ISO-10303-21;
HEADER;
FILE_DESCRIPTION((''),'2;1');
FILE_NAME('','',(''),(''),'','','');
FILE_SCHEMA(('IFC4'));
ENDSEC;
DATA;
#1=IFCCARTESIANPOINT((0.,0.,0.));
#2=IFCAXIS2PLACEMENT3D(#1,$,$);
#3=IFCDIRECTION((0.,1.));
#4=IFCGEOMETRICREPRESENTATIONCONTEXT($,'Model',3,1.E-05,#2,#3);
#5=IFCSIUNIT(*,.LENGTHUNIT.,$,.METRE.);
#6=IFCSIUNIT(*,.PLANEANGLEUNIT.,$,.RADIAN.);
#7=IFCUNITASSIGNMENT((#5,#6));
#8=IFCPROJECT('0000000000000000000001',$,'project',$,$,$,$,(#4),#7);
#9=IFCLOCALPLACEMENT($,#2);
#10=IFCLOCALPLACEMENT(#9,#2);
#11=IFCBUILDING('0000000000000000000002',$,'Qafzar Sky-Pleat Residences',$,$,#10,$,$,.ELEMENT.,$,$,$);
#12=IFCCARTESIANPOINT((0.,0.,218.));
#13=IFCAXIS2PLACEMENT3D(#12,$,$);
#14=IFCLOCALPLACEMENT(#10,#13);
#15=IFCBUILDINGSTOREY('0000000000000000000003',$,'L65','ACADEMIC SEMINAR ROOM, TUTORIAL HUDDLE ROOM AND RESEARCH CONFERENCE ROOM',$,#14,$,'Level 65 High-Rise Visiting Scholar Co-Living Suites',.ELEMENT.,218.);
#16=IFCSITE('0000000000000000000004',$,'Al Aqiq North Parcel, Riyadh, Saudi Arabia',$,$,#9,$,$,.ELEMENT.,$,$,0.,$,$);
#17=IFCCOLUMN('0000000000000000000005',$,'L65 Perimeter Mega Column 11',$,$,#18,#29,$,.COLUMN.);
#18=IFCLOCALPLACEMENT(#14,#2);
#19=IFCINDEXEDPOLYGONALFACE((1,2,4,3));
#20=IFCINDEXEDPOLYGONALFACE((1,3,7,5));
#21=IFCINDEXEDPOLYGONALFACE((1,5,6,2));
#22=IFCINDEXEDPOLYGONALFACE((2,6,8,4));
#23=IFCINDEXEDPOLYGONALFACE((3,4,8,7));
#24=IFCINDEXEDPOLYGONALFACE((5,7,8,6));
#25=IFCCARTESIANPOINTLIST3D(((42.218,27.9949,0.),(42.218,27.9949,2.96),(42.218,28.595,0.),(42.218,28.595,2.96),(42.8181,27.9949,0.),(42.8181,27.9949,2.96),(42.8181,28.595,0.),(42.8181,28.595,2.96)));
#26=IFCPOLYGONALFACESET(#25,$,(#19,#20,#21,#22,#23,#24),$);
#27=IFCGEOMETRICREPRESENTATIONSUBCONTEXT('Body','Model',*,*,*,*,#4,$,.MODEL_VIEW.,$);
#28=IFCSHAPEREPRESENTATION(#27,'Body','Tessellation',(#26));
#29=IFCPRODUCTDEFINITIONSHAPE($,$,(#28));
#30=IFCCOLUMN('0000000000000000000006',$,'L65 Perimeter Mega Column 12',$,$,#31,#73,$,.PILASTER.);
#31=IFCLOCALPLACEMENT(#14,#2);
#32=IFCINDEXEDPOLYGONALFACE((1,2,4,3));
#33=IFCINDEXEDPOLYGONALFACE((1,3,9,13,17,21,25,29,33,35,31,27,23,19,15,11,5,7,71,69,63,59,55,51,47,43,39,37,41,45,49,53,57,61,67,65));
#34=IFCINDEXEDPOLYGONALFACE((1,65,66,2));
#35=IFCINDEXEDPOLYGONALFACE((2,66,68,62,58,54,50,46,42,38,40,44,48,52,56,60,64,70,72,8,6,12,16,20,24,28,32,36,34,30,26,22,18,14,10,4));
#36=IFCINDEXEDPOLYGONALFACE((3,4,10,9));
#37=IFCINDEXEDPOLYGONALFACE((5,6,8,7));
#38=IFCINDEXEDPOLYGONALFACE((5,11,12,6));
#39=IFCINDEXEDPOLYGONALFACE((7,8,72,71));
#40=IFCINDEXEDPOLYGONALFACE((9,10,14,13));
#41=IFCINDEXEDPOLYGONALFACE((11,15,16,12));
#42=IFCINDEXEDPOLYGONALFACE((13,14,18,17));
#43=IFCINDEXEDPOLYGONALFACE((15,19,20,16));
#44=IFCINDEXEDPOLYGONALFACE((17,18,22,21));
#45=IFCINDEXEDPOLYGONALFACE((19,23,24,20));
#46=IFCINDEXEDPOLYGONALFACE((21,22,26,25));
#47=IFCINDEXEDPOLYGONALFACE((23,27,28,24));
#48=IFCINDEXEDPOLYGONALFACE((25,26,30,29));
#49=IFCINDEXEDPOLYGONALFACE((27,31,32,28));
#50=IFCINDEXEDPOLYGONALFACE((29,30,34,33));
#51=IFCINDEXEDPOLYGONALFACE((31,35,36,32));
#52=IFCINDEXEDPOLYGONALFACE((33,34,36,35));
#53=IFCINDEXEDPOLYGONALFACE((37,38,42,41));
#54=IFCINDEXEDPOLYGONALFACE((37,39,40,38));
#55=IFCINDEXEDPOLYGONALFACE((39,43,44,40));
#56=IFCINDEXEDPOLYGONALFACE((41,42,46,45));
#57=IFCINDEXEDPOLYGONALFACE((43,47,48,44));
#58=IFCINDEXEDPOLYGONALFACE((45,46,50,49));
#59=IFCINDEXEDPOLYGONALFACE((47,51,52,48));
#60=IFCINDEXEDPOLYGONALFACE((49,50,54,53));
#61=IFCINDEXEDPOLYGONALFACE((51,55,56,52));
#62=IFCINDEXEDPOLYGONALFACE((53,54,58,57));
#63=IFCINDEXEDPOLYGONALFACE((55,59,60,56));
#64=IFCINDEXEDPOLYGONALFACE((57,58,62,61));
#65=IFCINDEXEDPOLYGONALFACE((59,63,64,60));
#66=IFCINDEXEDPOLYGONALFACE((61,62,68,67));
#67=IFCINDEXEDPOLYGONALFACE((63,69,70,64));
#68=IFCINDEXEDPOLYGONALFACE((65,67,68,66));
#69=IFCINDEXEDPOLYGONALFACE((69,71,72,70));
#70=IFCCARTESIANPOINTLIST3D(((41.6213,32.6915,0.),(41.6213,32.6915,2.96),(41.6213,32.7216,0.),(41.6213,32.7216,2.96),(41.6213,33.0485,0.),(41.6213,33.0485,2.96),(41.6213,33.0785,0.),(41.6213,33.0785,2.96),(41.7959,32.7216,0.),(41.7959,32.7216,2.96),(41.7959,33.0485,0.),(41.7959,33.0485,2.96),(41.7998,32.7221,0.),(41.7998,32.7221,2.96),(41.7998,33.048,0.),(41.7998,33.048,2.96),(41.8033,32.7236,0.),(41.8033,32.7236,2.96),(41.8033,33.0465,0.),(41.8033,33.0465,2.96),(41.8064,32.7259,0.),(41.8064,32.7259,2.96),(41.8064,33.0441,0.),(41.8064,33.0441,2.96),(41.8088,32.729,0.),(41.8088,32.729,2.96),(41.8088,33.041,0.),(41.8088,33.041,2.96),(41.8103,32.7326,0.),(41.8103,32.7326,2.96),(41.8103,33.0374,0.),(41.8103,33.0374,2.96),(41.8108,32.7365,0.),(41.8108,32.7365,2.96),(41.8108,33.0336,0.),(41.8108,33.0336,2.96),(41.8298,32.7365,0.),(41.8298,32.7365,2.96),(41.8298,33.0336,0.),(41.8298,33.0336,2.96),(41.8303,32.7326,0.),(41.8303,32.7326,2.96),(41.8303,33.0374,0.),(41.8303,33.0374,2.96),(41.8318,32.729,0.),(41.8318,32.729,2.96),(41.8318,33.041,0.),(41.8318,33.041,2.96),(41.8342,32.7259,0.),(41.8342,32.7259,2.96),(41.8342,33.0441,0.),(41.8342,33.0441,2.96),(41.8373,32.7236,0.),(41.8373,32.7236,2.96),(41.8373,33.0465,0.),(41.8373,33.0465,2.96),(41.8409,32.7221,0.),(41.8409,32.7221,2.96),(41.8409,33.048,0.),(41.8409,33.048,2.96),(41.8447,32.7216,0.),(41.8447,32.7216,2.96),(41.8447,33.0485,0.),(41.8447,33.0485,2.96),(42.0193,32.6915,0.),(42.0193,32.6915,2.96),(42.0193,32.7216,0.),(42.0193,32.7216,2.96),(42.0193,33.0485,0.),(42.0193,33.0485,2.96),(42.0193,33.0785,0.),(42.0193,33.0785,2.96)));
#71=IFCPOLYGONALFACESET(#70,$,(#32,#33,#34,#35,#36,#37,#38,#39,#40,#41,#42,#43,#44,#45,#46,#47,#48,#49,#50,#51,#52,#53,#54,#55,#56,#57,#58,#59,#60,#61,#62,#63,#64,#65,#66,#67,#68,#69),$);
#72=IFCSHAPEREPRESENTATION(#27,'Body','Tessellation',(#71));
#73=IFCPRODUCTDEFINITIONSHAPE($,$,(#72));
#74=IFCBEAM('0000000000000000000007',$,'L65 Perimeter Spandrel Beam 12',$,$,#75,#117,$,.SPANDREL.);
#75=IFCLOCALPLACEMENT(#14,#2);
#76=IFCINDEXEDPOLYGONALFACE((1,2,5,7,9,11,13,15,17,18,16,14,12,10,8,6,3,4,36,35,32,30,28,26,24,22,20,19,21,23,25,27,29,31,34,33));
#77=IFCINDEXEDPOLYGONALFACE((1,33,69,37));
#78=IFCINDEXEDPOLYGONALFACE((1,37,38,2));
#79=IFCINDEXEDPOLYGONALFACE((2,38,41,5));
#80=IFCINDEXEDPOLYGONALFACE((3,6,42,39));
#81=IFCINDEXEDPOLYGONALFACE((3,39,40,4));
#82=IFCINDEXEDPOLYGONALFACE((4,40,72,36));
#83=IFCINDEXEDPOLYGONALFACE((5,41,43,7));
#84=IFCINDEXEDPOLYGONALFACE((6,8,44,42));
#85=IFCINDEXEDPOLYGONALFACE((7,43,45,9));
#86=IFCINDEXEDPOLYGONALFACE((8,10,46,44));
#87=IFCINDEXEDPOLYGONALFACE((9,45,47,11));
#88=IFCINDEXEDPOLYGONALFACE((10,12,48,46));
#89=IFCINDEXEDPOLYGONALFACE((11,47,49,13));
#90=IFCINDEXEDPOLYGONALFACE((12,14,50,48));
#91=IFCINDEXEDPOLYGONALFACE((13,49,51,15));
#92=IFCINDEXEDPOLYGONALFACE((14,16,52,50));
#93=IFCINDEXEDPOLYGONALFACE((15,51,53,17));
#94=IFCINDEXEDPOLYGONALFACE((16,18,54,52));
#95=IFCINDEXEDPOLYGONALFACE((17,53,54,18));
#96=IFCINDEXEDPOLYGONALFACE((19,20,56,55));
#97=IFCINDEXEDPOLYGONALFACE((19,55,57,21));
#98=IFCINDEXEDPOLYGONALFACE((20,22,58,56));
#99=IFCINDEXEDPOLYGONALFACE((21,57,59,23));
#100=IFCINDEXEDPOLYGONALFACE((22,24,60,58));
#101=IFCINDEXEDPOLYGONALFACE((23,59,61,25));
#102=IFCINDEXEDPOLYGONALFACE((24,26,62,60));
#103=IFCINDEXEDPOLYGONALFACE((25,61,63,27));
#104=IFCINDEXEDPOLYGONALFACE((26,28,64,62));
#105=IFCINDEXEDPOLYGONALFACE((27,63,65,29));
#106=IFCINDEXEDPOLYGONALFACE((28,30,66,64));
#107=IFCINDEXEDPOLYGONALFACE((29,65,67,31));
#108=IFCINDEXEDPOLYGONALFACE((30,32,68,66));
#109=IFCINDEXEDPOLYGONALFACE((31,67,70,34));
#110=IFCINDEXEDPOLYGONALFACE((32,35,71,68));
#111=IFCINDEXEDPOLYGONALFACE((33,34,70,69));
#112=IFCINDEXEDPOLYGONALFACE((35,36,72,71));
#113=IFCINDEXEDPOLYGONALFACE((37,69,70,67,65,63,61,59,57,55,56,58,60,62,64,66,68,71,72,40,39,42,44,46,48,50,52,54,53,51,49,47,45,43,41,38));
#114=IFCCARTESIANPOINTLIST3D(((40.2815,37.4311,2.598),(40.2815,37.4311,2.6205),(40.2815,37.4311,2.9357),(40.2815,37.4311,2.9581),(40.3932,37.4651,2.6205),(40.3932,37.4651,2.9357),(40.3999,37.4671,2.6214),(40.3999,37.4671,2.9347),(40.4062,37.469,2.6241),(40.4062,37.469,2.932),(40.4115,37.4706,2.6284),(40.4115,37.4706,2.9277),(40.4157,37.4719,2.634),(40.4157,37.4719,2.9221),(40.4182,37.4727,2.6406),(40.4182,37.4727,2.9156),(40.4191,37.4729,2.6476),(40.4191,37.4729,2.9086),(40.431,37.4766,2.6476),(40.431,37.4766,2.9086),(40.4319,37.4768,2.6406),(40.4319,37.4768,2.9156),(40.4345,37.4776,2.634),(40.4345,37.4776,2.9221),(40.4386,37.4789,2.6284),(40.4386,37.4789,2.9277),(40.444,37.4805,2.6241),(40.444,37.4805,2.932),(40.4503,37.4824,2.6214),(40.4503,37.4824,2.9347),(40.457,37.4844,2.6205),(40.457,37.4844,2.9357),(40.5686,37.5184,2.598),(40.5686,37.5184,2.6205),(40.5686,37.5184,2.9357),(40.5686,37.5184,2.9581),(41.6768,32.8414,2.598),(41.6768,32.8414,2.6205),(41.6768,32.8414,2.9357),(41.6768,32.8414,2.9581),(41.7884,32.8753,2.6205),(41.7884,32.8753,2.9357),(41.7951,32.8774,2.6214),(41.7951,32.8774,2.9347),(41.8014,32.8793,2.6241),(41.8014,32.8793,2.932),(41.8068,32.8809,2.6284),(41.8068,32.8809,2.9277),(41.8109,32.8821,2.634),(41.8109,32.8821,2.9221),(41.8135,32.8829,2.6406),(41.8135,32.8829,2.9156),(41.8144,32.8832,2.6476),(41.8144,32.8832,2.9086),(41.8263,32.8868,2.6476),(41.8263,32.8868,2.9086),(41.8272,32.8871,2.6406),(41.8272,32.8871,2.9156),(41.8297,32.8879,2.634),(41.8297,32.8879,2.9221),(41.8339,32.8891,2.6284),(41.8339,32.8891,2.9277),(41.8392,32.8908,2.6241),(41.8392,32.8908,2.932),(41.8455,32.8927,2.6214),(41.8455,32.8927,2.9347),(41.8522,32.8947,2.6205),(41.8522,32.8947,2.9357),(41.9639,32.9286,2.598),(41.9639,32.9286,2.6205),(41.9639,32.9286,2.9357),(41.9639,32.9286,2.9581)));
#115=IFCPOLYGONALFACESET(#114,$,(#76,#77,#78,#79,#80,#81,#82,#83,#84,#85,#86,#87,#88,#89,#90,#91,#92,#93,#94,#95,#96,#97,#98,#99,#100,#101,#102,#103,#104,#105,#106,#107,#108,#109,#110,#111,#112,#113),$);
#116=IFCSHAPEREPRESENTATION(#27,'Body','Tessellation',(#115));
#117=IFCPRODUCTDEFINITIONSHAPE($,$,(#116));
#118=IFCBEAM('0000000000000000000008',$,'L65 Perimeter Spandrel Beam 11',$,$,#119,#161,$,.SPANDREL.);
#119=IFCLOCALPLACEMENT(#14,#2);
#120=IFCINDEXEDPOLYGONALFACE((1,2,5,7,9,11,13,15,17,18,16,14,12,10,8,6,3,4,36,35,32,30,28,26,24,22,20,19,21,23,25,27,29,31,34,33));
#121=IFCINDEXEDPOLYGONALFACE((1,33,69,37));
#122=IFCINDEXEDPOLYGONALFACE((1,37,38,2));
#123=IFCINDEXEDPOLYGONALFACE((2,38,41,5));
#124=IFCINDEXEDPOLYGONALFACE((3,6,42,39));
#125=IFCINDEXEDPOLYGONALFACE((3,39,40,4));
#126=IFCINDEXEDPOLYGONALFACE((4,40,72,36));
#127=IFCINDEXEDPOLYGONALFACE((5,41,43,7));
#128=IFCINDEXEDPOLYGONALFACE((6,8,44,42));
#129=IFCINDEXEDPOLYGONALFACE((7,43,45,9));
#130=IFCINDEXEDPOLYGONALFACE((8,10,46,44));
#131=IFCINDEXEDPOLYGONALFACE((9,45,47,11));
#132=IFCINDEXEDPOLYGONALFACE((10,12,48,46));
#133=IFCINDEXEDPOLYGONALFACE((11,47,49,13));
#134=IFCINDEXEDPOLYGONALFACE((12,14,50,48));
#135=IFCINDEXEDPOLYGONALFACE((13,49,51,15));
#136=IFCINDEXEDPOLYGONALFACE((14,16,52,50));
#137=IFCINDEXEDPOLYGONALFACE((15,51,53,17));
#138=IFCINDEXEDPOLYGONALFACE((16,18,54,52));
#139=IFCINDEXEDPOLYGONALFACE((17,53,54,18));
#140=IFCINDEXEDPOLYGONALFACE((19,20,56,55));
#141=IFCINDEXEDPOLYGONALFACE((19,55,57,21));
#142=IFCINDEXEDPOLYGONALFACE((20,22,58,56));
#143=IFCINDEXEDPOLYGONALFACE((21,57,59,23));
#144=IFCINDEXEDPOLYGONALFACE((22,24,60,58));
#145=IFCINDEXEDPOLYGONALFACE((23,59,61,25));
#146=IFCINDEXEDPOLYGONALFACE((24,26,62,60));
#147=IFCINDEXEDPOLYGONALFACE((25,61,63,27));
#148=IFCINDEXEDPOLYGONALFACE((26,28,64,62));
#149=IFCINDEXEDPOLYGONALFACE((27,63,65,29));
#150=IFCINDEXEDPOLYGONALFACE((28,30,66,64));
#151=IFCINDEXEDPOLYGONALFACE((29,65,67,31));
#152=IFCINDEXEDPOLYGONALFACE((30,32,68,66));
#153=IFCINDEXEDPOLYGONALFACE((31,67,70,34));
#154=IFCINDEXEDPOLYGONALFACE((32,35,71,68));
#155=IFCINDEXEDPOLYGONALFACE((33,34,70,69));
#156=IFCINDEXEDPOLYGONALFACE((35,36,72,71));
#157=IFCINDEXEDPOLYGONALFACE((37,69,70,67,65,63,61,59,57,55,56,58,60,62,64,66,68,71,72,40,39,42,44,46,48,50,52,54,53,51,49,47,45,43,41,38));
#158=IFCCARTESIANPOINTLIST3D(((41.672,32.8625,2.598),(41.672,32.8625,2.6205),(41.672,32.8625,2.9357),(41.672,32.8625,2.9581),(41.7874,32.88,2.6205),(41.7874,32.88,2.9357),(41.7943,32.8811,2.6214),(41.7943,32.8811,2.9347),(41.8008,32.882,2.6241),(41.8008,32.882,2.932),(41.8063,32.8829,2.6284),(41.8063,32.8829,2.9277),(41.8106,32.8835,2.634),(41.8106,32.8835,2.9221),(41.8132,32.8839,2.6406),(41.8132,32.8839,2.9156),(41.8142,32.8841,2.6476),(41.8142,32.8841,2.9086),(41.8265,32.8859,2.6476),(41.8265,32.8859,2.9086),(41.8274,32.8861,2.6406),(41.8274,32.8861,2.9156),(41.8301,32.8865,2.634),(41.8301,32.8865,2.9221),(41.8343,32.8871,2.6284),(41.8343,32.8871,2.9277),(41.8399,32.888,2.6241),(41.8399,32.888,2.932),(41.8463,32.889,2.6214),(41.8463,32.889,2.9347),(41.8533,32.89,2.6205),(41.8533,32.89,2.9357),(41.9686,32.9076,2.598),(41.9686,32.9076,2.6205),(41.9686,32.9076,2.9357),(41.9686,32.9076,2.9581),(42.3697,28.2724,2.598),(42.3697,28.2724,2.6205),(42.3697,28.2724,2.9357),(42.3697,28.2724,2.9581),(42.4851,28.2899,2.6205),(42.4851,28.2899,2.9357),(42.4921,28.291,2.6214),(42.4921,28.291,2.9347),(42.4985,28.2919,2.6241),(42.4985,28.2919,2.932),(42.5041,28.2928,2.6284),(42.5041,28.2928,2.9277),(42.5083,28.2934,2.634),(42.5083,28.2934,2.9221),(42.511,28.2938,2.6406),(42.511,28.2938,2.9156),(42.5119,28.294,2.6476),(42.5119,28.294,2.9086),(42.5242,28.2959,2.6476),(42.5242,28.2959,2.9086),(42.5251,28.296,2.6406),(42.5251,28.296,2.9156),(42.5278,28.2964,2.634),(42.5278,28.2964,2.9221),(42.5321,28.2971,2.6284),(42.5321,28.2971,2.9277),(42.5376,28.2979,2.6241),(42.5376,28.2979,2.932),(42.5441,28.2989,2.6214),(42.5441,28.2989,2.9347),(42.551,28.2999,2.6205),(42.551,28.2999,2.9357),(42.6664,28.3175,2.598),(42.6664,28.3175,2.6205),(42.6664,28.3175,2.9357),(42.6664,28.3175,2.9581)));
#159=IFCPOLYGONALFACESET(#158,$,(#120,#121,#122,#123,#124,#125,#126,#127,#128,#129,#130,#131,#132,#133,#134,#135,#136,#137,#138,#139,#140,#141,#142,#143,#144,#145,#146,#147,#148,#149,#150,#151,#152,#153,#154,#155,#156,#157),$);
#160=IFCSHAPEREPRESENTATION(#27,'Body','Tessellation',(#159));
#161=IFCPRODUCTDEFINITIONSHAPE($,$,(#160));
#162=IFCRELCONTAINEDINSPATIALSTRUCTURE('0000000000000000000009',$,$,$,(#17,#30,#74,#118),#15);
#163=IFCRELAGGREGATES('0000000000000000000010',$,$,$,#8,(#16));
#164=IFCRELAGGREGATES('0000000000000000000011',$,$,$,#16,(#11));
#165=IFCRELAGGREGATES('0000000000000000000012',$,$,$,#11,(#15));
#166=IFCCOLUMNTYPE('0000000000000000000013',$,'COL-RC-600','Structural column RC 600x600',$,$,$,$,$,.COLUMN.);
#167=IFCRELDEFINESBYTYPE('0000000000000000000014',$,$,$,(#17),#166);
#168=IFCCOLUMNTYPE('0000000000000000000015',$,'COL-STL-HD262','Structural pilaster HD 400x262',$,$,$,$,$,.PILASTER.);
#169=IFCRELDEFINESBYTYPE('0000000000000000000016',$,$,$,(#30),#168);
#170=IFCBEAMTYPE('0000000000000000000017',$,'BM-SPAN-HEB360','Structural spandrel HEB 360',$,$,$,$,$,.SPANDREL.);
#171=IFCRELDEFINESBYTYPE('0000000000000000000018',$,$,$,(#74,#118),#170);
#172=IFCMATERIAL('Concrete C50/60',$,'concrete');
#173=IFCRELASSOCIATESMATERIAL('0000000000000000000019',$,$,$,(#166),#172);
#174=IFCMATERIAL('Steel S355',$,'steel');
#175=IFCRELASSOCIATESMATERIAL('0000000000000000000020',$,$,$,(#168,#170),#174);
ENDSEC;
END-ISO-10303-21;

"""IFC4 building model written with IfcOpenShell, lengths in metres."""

from ifc_helpers import new_model, si_unit, direction, frame, origin, origin_2d, place, context, subcontext, project, spatial, rectangle, i_section, extrude, source, transform, mapped, material, material_profile, profile_set, type_object, element, save


model = new_model("IFC4")

# Units and contexts
model_context = context("Model", 3, precision=1e-05, world=origin(), true_north=direction((0.0, 1.0)))
body_context = subcontext(model_context, "Body", "Model", "MODEL_VIEW")
ifc_project = project(units=[si_unit("LENGTHUNIT", "METRE"), si_unit("PLANEANGLEUNIT", "RADIAN")], contexts=[model_context])

# Site, building, storey
site_placement = place(None, origin())
site = spatial("IfcSite", under=ifc_project, at=site_placement, Name="Al Aqiq North Parcel, Riyadh, Saudi Arabia", CompositionType="ELEMENT", RefElevation=0.0)
building_placement = place(site_placement, origin())
building = spatial("IfcBuilding", under=site, at=building_placement, Name="Qafzar Sky-Pleat Residences", CompositionType="ELEMENT")
storey_placement = place(building_placement, frame((0.0, 0.0, 218.0)))
storey = spatial("IfcBuildingStorey", under=building, at=storey_placement, Name="L65", Description="ACADEMIC SEMINAR ROOM, TUTORIAL HUDDLE ROOM AND RESEARCH CONFERENCE ROOM", LongName="Level 65 High-Rise Visiting Scholar Co-Living Suites", CompositionType="ELEMENT", Elevation=218.0)

# Columns
ifc_material_1 = material(Name="Concrete C50/60", Category="concrete")
ifc_material_profile_1 = material_profile(ifc_material_1, rectangle(XDim=0.6001, YDim=0.6001, at=origin_2d()), Name="RC 600x600")
ifc_profile_set_1 = profile_set([ifc_material_profile_1], Name="Concrete C50/60")
column_type_1 = type_object("IfcColumnType", Name="COL-RC-600", Description="Structural column RC 600x600", PredefinedType="COLUMN", material=ifc_profile_set_1)
shared_shape_1 = source(origin(), body_context, "Body", "SweptSolid", [
    extrude(rectangle(XDim=0.6001, YDim=0.6001, at=origin_2d()), origin(), (0.0, 0.0, 1.0), 2.96),
])
column_1_placement = place(storey_placement, frame((42.5181, 28.2949, 0.0), z_axis=(0.0, 0.0, 1.0), x_axis=(1.0, 0.0, 0.0)))
element("IfcColumn", 1, at=column_1_placement, inside=storey, type_object=column_type_1, Name="L65 Perimeter Mega Column 11", PredefinedType="COLUMN", context=body_context, shape_type="MappedRepresentation", body=[
    mapped(shared_shape_1, transform((0.0, 0.0, 0.0), x_axis=(1.0, 0.0, 0.0), y_axis=(0.0, 1.0, 0.0), z_axis=(0.0, 0.0, 1.0), scale=1.0)),
])
ifc_material_2 = material(Name="Steel S355", Category="steel")
ifc_material_profile_2 = material_profile(ifc_material_2, i_section(OverallWidth=0.3979, OverallDepth=0.387, WebThickness=0.019, FlangeThickness=0.03, FilletRadius=0.0149, at=origin_2d()), Name="HD 400x262")
ifc_profile_set_2 = profile_set([ifc_material_profile_2], Name="Steel S355")
column_type_2 = type_object("IfcColumnType", Name="COL-STL-HD262", Description="Structural pilaster HD 400x262", PredefinedType="PILASTER", material=ifc_profile_set_2)
shared_shape_2 = source(origin(), body_context, "Body", "SweptSolid", [
    extrude(i_section(OverallWidth=0.3979, OverallDepth=0.387, WebThickness=0.019, FlangeThickness=0.03, FilletRadius=0.0149, at=origin_2d()), origin(), (0.0, 0.0, 1.0), 2.96),
])
column_2_placement = place(storey_placement, frame((41.8203, 32.885, 0.0), z_axis=(0.0, 0.0, 1.0), x_axis=(1.0, 0.0, 0.0)))
element("IfcColumn", 2, at=column_2_placement, inside=storey, type_object=column_type_2, Name="L65 Perimeter Mega Column 12", PredefinedType="PILASTER", context=body_context, shape_type="MappedRepresentation", body=[
    mapped(shared_shape_2, transform((0.0, 0.0, 0.0), x_axis=(1.0, 0.0, 0.0), y_axis=(0.0, 1.0, 0.0), z_axis=(0.0, 0.0, 1.0), scale=1.0)),
])

# Beams
ifc_material_profile_3 = material_profile(ifc_material_2, i_section(OverallWidth=0.3, OverallDepth=0.3601, WebThickness=0.0125, FlangeThickness=0.0225, FilletRadius=0.0271, at=origin_2d()), Name="HEB 360")
ifc_profile_set_3 = profile_set([ifc_material_profile_3], Name="Steel S355")
beam_type_1 = type_object("IfcBeamType", Name="BM-SPAN-HEB360", Description="Structural spandrel HEB 360", PredefinedType="SPANDREL", material=ifc_profile_set_3)
shared_shape_3 = source(origin(), body_context, "Body", "SweptSolid", [
    extrude(i_section(OverallWidth=0.3, OverallDepth=0.3601, WebThickness=0.0125, FlangeThickness=0.0225, FilletRadius=0.0271, at=origin_2d()), origin(), (0.0, 0.0, 1.0), 4.7971),
])
beam_1_placement = place(storey_placement, frame((41.8203, 32.885, 2.7781), z_axis=(-0.290848, 0.956769, 0.0), x_axis=(-0.956769, -0.290848, 0.0)))
element("IfcBeam", 3, at=beam_1_placement, inside=storey, type_object=beam_type_1, Name="L65 Perimeter Spandrel Beam 12", PredefinedType="SPANDREL", context=body_context, shape_type="MappedRepresentation", body=[
    mapped(shared_shape_3, transform((0.0, 0.0, 0.0), x_axis=(1.0, 0.0, 0.0), y_axis=(0.0, 1.0, 0.0), z_axis=(0.0, 0.0, 1.0), scale=1.0)),
])
shared_shape_4 = source(origin(), body_context, "Body", "SweptSolid", [
    extrude(i_section(OverallWidth=0.3, OverallDepth=0.3601, WebThickness=0.0125, FlangeThickness=0.0225, FilletRadius=0.0271, at=origin_2d()), origin(), (0.0, 0.0, 1.0), 4.6428),
])
beam_2_placement = place(storey_placement, frame((42.5181, 28.2949, 2.7781), z_axis=(-0.150287, 0.988642, 0.0), x_axis=(-0.988642, -0.150287, 0.0)))
element("IfcBeam", 4, at=beam_2_placement, inside=storey, type_object=beam_type_1, Name="L65 Perimeter Spandrel Beam 11", PredefinedType="SPANDREL", context=body_context, shape_type="MappedRepresentation", body=[
    mapped(shared_shape_4, transform((0.0, 0.0, 0.0), x_axis=(1.0, 0.0, 0.0), y_axis=(0.0, 1.0, 0.0), z_axis=(0.0, 0.0, 1.0), scale=1.0)),
])

save(model, "model.ifc")
